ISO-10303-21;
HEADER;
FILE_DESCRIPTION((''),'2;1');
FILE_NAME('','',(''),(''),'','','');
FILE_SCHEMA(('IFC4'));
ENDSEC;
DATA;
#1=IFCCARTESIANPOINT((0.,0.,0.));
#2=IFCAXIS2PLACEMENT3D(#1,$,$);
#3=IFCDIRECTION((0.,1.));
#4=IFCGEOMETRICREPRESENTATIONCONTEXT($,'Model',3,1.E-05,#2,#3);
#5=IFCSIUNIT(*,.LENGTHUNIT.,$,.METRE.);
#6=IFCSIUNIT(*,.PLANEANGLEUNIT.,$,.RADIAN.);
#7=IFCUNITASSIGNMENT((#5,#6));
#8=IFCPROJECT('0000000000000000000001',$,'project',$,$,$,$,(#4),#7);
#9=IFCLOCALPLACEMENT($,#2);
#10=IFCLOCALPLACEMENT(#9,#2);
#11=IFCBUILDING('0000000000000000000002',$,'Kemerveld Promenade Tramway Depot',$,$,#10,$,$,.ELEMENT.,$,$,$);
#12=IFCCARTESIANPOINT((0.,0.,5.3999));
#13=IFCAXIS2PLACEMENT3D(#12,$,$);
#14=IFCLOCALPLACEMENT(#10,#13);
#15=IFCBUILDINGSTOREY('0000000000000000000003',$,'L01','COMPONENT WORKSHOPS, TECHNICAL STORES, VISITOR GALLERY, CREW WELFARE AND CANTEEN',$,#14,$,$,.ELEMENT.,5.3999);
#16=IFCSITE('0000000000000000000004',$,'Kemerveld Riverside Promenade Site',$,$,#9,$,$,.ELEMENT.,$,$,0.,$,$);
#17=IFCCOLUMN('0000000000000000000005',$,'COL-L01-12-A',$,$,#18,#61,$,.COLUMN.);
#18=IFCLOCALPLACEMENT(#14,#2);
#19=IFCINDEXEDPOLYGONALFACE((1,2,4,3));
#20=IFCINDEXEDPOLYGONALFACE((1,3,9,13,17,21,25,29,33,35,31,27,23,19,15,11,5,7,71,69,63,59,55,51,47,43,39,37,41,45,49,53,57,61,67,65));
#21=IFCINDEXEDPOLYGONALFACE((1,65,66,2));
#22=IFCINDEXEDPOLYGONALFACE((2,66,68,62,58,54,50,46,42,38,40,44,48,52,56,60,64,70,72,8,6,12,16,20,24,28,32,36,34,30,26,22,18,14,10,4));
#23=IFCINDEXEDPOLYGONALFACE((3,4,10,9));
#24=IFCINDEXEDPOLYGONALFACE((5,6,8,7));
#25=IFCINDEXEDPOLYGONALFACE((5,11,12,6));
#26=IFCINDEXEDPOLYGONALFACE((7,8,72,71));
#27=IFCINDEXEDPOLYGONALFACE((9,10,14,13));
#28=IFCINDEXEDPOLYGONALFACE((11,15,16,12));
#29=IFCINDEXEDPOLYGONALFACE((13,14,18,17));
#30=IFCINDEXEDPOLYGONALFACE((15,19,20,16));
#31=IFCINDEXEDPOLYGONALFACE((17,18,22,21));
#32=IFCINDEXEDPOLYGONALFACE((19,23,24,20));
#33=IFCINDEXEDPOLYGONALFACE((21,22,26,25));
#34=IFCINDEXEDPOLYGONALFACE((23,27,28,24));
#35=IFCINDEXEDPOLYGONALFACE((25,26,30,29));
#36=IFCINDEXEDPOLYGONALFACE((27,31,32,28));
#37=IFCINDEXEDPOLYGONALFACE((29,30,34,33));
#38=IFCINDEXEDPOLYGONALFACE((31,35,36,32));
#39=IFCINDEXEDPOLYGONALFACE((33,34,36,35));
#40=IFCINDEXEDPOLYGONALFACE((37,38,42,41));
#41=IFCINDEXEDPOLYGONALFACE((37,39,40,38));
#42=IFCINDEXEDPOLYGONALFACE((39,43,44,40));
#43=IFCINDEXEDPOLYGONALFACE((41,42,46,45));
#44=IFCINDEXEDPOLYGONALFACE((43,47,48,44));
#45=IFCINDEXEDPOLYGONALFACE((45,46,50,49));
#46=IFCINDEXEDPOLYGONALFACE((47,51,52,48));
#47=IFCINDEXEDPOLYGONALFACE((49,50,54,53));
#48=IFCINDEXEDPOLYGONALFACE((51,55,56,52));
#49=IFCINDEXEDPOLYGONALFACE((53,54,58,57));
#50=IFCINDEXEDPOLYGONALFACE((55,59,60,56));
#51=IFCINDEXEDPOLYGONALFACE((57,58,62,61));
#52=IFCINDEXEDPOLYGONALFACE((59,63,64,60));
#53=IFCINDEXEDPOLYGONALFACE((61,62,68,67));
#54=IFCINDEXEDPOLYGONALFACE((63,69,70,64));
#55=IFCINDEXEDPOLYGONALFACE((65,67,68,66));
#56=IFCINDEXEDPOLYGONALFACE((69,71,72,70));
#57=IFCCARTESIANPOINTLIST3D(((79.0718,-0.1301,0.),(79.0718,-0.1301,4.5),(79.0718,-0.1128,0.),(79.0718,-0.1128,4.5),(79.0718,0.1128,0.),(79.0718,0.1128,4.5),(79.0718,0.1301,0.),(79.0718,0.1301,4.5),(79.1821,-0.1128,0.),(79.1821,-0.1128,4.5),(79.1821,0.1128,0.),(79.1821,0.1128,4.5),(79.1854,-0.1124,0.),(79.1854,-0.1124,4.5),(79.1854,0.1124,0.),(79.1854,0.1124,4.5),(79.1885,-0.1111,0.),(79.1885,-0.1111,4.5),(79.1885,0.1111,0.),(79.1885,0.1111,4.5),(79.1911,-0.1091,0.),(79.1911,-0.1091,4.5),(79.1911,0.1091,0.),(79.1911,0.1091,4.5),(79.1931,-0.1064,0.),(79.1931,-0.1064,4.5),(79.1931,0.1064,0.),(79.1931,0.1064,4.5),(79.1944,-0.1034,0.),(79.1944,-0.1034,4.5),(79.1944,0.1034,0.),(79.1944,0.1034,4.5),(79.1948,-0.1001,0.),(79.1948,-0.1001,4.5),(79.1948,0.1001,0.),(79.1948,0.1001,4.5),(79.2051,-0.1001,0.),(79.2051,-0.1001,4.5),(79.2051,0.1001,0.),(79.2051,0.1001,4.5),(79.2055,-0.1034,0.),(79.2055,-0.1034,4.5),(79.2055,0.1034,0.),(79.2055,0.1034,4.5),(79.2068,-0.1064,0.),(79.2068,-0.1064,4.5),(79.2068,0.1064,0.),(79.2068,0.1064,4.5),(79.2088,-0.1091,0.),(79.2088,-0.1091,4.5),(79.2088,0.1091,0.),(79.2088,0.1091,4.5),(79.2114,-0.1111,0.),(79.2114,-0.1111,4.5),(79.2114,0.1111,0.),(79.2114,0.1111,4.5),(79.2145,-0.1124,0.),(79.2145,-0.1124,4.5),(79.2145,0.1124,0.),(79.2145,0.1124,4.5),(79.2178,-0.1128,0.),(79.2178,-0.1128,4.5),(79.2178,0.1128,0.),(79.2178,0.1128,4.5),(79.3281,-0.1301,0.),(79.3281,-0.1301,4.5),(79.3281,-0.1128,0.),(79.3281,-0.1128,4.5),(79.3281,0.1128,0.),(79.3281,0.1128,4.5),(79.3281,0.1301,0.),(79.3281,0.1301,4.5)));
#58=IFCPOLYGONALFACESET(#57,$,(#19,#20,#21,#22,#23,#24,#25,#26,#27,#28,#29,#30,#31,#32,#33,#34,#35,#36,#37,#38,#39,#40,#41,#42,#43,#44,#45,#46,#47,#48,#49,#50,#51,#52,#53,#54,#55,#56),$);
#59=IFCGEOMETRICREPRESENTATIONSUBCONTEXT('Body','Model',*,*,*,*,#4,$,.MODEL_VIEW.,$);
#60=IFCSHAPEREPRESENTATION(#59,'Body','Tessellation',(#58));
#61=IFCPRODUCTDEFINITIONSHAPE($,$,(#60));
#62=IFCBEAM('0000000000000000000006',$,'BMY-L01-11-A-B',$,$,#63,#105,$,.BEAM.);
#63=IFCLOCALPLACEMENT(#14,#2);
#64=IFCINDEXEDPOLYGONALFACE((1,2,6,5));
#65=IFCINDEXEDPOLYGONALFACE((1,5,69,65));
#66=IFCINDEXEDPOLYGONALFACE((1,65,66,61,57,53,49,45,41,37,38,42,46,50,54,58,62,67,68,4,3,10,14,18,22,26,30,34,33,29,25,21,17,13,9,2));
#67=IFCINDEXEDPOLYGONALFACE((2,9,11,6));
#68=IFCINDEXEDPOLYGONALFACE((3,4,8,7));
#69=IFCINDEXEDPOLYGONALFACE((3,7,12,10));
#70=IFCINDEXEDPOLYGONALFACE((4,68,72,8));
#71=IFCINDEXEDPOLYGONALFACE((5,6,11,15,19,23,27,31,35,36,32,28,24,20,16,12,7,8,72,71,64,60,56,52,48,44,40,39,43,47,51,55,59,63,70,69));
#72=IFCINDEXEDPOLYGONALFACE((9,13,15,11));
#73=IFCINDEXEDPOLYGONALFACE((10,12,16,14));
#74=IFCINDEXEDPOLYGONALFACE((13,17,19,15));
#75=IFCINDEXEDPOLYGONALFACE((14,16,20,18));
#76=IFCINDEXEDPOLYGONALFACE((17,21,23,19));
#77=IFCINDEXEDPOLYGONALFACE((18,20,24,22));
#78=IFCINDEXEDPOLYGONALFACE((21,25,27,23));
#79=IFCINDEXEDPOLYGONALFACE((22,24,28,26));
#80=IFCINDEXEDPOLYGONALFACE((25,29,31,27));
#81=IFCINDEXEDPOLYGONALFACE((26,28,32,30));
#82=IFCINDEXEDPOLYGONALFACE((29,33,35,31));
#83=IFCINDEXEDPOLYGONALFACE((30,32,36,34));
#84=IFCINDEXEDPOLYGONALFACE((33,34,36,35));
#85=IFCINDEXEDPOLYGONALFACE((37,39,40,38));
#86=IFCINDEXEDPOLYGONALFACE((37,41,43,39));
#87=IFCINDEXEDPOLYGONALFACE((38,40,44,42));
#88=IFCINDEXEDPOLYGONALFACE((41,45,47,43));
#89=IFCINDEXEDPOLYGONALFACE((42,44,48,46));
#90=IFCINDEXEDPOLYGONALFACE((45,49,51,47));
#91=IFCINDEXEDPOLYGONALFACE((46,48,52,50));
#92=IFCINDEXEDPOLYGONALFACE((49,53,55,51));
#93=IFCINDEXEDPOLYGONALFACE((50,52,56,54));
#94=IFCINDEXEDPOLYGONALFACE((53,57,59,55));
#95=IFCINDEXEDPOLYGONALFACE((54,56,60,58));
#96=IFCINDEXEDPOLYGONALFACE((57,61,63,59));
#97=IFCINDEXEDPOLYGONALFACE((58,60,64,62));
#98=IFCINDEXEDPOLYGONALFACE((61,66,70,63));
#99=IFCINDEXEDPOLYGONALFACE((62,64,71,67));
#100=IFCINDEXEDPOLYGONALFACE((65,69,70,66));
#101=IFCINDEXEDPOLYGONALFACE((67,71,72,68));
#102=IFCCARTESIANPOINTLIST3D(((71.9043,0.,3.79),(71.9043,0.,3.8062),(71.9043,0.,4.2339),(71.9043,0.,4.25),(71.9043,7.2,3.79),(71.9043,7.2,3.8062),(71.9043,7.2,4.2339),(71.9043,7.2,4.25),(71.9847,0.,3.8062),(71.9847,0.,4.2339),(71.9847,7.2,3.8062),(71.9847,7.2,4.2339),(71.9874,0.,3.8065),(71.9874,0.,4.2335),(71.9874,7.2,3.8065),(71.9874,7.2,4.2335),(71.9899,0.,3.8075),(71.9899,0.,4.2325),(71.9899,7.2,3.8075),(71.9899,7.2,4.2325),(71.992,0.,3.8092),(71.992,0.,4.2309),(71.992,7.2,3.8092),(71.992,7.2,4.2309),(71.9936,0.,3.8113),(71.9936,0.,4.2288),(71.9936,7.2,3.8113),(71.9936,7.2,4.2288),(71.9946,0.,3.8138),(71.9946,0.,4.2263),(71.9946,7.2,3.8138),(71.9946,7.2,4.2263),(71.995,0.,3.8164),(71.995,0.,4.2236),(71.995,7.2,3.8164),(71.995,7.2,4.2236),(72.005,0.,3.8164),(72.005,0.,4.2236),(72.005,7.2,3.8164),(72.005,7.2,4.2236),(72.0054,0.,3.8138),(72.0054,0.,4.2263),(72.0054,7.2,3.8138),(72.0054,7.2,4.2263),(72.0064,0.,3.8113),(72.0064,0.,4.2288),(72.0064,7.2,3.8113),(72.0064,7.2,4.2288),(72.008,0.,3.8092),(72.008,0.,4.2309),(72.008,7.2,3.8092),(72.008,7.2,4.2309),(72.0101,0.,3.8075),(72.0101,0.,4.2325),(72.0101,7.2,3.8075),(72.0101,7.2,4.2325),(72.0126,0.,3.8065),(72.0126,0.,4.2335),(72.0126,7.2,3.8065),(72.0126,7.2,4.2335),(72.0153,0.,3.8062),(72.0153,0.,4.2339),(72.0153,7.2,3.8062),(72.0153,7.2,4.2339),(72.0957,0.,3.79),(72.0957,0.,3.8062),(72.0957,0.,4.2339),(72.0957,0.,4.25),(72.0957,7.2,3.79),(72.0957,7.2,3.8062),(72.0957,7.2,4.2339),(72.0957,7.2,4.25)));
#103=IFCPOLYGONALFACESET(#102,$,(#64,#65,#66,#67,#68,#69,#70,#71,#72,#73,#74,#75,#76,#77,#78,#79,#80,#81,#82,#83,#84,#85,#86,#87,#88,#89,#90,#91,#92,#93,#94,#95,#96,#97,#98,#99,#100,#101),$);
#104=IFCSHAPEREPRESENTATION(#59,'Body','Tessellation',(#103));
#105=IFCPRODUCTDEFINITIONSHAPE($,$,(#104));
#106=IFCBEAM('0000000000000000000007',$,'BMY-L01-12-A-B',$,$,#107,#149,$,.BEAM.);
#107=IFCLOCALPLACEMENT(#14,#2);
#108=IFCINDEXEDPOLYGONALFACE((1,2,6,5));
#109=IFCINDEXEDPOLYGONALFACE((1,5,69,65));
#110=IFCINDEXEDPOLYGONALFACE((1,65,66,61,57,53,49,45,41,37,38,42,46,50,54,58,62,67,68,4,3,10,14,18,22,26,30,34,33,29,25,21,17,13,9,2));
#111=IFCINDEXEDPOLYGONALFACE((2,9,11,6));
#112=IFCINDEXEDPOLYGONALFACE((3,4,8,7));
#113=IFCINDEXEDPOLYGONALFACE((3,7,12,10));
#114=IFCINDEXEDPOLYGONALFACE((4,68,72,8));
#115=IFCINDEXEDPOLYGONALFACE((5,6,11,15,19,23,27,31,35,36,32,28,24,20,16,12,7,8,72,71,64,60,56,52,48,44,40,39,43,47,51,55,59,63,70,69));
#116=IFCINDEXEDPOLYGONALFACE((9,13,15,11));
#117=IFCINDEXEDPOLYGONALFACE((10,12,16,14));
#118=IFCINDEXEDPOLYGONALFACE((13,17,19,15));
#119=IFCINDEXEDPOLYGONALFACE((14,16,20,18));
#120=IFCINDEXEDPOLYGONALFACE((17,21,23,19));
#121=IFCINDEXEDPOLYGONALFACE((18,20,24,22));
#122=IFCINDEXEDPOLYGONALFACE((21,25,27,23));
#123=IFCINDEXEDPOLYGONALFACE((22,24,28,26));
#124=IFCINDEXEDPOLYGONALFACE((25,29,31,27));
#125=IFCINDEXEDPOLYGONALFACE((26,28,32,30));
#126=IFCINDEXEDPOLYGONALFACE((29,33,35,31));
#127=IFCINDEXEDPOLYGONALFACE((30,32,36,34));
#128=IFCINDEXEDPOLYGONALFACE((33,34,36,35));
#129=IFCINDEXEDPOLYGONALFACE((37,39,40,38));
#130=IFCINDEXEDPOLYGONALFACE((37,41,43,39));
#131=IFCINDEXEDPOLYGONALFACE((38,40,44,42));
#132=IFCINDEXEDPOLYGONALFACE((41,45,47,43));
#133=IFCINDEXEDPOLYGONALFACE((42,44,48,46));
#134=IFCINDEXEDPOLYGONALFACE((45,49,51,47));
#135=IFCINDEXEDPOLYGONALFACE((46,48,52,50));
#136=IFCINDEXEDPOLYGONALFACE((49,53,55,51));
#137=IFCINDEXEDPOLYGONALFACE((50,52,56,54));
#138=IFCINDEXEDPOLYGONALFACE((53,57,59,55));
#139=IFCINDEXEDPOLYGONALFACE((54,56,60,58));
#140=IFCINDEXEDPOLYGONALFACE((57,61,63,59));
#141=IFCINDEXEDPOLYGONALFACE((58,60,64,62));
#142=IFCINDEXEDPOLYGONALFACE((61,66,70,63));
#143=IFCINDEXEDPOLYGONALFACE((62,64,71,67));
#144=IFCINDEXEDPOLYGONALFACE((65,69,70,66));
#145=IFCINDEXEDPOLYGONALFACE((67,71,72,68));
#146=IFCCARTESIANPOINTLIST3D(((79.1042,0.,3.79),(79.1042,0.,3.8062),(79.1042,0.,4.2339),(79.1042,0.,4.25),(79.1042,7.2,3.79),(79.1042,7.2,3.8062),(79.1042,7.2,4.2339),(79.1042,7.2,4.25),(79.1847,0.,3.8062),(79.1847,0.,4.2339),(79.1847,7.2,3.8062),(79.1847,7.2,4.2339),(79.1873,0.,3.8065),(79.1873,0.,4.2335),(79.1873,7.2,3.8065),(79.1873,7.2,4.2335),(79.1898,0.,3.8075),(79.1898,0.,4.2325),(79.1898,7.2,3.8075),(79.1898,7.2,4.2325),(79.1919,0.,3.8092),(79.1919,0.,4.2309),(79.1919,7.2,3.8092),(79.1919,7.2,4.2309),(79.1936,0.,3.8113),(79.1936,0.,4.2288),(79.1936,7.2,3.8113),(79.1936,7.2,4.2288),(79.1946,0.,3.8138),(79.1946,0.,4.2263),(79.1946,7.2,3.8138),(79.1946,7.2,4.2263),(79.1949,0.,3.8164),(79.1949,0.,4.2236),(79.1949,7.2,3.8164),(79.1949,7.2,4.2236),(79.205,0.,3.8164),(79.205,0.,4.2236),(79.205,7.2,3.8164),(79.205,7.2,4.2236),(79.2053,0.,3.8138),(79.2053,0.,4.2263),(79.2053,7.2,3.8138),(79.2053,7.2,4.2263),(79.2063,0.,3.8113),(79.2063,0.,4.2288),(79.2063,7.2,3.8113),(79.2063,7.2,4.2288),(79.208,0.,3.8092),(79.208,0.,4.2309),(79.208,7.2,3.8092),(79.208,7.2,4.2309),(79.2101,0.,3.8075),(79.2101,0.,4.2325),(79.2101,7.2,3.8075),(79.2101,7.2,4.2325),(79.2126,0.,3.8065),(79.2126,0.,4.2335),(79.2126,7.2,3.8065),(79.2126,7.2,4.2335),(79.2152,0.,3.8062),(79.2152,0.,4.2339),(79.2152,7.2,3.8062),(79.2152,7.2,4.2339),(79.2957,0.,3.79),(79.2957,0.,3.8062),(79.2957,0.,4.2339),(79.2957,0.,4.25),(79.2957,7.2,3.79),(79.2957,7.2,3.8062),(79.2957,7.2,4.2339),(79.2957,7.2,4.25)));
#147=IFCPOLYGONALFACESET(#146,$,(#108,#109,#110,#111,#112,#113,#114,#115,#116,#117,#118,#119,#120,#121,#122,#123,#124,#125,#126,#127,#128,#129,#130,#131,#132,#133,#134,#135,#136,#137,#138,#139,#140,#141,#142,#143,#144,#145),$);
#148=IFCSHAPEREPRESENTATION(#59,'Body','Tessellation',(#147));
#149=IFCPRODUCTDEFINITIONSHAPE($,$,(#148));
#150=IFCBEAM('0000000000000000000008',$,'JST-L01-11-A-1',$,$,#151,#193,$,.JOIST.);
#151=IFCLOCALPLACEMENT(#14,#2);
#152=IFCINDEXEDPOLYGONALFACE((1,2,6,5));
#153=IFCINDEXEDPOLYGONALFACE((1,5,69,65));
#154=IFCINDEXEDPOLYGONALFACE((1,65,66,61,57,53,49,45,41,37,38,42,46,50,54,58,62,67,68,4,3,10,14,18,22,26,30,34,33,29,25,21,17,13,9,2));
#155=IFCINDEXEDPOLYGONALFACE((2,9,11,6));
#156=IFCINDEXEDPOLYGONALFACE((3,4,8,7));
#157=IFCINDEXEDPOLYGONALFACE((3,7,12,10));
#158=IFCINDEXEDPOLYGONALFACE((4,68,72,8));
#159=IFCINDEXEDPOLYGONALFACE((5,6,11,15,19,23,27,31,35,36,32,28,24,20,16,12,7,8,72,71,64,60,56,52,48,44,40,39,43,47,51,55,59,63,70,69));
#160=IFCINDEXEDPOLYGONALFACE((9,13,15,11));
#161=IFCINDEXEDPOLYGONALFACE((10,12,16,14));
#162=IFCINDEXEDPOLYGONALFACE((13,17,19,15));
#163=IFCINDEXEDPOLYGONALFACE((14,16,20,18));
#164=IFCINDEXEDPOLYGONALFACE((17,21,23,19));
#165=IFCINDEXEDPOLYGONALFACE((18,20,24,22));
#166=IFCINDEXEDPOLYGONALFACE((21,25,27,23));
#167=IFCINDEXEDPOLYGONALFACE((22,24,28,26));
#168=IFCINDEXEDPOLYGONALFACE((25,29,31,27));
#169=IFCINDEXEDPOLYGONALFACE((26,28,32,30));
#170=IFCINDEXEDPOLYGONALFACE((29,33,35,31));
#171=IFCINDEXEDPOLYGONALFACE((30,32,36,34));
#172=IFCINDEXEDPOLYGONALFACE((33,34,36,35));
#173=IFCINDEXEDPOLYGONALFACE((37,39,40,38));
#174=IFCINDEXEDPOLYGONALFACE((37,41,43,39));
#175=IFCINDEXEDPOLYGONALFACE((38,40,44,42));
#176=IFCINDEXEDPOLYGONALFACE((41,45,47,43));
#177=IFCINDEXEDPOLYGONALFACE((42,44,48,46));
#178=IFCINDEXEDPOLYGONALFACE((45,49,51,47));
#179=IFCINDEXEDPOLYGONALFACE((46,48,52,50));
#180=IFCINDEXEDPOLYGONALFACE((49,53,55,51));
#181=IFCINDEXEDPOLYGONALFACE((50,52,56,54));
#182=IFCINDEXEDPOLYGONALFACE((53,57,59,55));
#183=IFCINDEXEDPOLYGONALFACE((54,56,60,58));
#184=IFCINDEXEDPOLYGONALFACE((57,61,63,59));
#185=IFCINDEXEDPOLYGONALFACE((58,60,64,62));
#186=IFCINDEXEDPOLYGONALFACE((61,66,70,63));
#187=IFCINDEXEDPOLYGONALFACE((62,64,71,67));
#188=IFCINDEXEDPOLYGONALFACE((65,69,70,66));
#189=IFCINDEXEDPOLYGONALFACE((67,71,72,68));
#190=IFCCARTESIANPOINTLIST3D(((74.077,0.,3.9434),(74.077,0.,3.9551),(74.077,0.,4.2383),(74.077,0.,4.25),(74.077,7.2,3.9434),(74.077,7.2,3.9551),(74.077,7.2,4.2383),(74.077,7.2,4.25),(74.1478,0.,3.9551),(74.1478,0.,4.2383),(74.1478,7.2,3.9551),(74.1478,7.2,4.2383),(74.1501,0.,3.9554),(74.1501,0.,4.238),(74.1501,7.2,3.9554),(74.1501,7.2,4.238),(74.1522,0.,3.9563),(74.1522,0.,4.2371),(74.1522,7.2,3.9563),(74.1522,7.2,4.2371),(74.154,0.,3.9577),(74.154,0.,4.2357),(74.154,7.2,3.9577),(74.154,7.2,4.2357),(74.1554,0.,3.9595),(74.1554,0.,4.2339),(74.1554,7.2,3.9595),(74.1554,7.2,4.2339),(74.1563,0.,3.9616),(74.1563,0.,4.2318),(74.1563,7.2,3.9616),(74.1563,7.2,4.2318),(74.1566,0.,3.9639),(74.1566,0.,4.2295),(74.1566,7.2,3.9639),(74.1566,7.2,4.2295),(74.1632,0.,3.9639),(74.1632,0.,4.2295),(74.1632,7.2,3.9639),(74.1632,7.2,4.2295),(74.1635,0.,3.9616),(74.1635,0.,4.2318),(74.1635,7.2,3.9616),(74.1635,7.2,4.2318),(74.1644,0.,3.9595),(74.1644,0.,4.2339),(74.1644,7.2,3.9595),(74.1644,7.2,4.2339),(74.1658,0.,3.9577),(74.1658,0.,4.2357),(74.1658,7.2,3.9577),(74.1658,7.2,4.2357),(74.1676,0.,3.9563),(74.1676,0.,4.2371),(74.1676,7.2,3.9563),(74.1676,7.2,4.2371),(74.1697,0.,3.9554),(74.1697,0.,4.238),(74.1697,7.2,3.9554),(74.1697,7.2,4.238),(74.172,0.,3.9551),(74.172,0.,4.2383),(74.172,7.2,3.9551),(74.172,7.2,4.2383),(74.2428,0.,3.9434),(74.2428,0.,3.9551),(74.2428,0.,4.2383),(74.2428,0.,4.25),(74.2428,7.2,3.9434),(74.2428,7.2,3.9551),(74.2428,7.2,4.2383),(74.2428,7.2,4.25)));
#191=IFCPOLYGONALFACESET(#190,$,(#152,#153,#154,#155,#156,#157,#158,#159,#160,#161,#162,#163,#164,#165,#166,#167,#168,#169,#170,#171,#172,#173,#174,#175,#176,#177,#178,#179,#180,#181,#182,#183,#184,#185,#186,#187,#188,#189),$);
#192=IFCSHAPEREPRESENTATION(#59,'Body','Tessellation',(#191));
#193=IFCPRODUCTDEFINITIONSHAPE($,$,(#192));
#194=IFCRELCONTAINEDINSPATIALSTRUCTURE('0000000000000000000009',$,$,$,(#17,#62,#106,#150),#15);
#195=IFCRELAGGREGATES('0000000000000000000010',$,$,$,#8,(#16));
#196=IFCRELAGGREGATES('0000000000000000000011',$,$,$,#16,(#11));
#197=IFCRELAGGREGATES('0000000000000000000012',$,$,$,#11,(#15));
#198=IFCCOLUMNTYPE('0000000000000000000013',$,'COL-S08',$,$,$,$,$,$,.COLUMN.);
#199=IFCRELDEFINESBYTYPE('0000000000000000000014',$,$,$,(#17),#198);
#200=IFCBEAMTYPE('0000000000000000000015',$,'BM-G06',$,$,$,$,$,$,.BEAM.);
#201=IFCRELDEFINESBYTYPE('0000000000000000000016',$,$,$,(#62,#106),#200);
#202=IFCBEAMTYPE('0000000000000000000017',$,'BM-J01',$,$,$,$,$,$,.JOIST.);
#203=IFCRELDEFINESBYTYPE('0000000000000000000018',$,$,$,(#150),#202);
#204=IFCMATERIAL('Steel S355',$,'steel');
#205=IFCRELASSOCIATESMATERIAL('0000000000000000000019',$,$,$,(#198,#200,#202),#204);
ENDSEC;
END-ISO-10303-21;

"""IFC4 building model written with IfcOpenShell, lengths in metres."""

from ifc_helpers import new_model, si_unit, direction, frame, origin, origin_2d, place, context, subcontext, project, spatial, i_section, extrude, material, material_profile, profile_set, type_object, element, save


model = new_model("IFC4")

# Units and contexts
model_context = context("Model", 3, precision=1e-05, world=origin(), true_north=direction((0.0, 1.0)))
body_context = subcontext(model_context, "Body", "Model", "MODEL_VIEW")
ifc_project = project(units=[si_unit("LENGTHUNIT", "METRE"), si_unit("PLANEANGLEUNIT", "RADIAN")], contexts=[model_context])

# Site, building, storey
site_placement = place(None, origin())
site = spatial("IfcSite", under=ifc_project, at=site_placement, Name="Kemerveld Riverside Promenade Site", CompositionType="ELEMENT", RefElevation=0.0)
building_placement = place(site_placement, origin())
building = spatial("IfcBuilding", under=site, at=building_placement, Name="Kemerveld Promenade Tramway Depot", CompositionType="ELEMENT")
storey_placement = place(building_placement, frame((0.0, 0.0, 5.3999)))
storey = spatial("IfcBuildingStorey", under=building, at=storey_placement, Name="L01", Description="COMPONENT WORKSHOPS, TECHNICAL STORES, VISITOR GALLERY, CREW WELFARE AND CANTEEN", CompositionType="ELEMENT", Elevation=5.3999)

# Column
ifc_material_1 = material(Name="Steel S355", Category="steel")
ifc_material_profile_1 = material_profile(ifc_material_1, i_section(OverallWidth=0.2563, OverallDepth=0.2603, WebThickness=0.0103, FlangeThickness=0.0173, FilletRadius=0.0127, at=origin_2d()), Name="254x254x89 UC")
ifc_profile_set_1 = profile_set([ifc_material_profile_1], Name="Steel S355")
column_type = type_object("IfcColumnType", Name="COL-S08", PredefinedType="COLUMN", material=ifc_profile_set_1)
column_placement = place(storey_placement, frame((79.2, 0.0, 0.0), z_axis=(0.0, 0.0, 1.0), x_axis=(1.0, 0.0, 0.0)))
element("IfcColumn", 1, at=column_placement, inside=storey, type_object=column_type, Name="COL-L01-12-A", PredefinedType="COLUMN", context=body_context, shape_type="SweptSolid", body=[
    extrude(i_section(OverallWidth=0.2563, OverallDepth=0.2603, WebThickness=0.0103, FlangeThickness=0.0173, FilletRadius=0.0127, at=origin_2d()), origin(), (0.0, 0.0, 1.0), 4.5),
])

# Beams
ifc_material_profile_2 = material_profile(ifc_material_1, i_section(OverallWidth=0.1914, OverallDepth=0.46, WebThickness=0.01, FlangeThickness=0.0161, FilletRadius=0.0103, at=origin_2d()), Name="457x191x82 UB")
ifc_profile_set_2 = profile_set([ifc_material_profile_2], Name="Steel S355")
beam_type_1 = type_object("IfcBeamType", Name="BM-G06", PredefinedType="BEAM", material=ifc_profile_set_2)
for number, where, z_axis, x_axis, name in (
    (2, (72.0, 0.0, 4.02), (0.0, 1.0, 0.0), (-1.0, 0.0, 0.0), "BMY-L01-11-A-B"),
    (3, (79.2, 0.0, 4.02), (0.0, 1.0, 0.0), (-1.0, 0.0, 0.0), "BMY-L01-12-A-B"),
):
    element("IfcBeam", number, at=place(storey_placement, frame(where, z_axis=z_axis, x_axis=x_axis)), inside=storey, type_object=beam_type_1, Name=name, PredefinedType="BEAM", context=body_context, shape_type="SweptSolid", body=[
        extrude(i_section(OverallWidth=0.1914, OverallDepth=0.46, WebThickness=0.01, FlangeThickness=0.0161, FilletRadius=0.0103, at=origin_2d()), origin(), (0.0, 0.0, 1.0), 7.2),
    ])
ifc_material_profile_3 = material_profile(ifc_material_1, i_section(OverallWidth=0.1658, OverallDepth=0.3066, WebThickness=0.0066, FlangeThickness=0.0117, FilletRadius=0.0088, at=origin_2d()), Name="305x165x46 UB")
ifc_profile_set_3 = profile_set([ifc_material_profile_3], Name="Steel S355")
beam_type_2 = type_object("IfcBeamType", Name="BM-J01", PredefinedType="JOIST", material=ifc_profile_set_3)
for number, where, z_axis, x_axis, name in (
    (4, (74.1599, 0.0, 4.0967), (0.0, 1.0, 0.0), (-1.0, 0.0, 0.0), "JST-L01-11-A-1"),
):
    element("IfcBeam", number, at=place(storey_placement, frame(where, z_axis=z_axis, x_axis=x_axis)), inside=storey, type_object=beam_type_2, Name=name, PredefinedType="JOIST", context=body_context, shape_type="SweptSolid", body=[
        extrude(i_section(OverallWidth=0.1658, OverallDepth=0.3066, WebThickness=0.0066, FlangeThickness=0.0117, FilletRadius=0.0088, at=origin_2d()), origin(), (0.0, 0.0, 1.0), 7.2),
    ])

save(model, "model.ifc")
